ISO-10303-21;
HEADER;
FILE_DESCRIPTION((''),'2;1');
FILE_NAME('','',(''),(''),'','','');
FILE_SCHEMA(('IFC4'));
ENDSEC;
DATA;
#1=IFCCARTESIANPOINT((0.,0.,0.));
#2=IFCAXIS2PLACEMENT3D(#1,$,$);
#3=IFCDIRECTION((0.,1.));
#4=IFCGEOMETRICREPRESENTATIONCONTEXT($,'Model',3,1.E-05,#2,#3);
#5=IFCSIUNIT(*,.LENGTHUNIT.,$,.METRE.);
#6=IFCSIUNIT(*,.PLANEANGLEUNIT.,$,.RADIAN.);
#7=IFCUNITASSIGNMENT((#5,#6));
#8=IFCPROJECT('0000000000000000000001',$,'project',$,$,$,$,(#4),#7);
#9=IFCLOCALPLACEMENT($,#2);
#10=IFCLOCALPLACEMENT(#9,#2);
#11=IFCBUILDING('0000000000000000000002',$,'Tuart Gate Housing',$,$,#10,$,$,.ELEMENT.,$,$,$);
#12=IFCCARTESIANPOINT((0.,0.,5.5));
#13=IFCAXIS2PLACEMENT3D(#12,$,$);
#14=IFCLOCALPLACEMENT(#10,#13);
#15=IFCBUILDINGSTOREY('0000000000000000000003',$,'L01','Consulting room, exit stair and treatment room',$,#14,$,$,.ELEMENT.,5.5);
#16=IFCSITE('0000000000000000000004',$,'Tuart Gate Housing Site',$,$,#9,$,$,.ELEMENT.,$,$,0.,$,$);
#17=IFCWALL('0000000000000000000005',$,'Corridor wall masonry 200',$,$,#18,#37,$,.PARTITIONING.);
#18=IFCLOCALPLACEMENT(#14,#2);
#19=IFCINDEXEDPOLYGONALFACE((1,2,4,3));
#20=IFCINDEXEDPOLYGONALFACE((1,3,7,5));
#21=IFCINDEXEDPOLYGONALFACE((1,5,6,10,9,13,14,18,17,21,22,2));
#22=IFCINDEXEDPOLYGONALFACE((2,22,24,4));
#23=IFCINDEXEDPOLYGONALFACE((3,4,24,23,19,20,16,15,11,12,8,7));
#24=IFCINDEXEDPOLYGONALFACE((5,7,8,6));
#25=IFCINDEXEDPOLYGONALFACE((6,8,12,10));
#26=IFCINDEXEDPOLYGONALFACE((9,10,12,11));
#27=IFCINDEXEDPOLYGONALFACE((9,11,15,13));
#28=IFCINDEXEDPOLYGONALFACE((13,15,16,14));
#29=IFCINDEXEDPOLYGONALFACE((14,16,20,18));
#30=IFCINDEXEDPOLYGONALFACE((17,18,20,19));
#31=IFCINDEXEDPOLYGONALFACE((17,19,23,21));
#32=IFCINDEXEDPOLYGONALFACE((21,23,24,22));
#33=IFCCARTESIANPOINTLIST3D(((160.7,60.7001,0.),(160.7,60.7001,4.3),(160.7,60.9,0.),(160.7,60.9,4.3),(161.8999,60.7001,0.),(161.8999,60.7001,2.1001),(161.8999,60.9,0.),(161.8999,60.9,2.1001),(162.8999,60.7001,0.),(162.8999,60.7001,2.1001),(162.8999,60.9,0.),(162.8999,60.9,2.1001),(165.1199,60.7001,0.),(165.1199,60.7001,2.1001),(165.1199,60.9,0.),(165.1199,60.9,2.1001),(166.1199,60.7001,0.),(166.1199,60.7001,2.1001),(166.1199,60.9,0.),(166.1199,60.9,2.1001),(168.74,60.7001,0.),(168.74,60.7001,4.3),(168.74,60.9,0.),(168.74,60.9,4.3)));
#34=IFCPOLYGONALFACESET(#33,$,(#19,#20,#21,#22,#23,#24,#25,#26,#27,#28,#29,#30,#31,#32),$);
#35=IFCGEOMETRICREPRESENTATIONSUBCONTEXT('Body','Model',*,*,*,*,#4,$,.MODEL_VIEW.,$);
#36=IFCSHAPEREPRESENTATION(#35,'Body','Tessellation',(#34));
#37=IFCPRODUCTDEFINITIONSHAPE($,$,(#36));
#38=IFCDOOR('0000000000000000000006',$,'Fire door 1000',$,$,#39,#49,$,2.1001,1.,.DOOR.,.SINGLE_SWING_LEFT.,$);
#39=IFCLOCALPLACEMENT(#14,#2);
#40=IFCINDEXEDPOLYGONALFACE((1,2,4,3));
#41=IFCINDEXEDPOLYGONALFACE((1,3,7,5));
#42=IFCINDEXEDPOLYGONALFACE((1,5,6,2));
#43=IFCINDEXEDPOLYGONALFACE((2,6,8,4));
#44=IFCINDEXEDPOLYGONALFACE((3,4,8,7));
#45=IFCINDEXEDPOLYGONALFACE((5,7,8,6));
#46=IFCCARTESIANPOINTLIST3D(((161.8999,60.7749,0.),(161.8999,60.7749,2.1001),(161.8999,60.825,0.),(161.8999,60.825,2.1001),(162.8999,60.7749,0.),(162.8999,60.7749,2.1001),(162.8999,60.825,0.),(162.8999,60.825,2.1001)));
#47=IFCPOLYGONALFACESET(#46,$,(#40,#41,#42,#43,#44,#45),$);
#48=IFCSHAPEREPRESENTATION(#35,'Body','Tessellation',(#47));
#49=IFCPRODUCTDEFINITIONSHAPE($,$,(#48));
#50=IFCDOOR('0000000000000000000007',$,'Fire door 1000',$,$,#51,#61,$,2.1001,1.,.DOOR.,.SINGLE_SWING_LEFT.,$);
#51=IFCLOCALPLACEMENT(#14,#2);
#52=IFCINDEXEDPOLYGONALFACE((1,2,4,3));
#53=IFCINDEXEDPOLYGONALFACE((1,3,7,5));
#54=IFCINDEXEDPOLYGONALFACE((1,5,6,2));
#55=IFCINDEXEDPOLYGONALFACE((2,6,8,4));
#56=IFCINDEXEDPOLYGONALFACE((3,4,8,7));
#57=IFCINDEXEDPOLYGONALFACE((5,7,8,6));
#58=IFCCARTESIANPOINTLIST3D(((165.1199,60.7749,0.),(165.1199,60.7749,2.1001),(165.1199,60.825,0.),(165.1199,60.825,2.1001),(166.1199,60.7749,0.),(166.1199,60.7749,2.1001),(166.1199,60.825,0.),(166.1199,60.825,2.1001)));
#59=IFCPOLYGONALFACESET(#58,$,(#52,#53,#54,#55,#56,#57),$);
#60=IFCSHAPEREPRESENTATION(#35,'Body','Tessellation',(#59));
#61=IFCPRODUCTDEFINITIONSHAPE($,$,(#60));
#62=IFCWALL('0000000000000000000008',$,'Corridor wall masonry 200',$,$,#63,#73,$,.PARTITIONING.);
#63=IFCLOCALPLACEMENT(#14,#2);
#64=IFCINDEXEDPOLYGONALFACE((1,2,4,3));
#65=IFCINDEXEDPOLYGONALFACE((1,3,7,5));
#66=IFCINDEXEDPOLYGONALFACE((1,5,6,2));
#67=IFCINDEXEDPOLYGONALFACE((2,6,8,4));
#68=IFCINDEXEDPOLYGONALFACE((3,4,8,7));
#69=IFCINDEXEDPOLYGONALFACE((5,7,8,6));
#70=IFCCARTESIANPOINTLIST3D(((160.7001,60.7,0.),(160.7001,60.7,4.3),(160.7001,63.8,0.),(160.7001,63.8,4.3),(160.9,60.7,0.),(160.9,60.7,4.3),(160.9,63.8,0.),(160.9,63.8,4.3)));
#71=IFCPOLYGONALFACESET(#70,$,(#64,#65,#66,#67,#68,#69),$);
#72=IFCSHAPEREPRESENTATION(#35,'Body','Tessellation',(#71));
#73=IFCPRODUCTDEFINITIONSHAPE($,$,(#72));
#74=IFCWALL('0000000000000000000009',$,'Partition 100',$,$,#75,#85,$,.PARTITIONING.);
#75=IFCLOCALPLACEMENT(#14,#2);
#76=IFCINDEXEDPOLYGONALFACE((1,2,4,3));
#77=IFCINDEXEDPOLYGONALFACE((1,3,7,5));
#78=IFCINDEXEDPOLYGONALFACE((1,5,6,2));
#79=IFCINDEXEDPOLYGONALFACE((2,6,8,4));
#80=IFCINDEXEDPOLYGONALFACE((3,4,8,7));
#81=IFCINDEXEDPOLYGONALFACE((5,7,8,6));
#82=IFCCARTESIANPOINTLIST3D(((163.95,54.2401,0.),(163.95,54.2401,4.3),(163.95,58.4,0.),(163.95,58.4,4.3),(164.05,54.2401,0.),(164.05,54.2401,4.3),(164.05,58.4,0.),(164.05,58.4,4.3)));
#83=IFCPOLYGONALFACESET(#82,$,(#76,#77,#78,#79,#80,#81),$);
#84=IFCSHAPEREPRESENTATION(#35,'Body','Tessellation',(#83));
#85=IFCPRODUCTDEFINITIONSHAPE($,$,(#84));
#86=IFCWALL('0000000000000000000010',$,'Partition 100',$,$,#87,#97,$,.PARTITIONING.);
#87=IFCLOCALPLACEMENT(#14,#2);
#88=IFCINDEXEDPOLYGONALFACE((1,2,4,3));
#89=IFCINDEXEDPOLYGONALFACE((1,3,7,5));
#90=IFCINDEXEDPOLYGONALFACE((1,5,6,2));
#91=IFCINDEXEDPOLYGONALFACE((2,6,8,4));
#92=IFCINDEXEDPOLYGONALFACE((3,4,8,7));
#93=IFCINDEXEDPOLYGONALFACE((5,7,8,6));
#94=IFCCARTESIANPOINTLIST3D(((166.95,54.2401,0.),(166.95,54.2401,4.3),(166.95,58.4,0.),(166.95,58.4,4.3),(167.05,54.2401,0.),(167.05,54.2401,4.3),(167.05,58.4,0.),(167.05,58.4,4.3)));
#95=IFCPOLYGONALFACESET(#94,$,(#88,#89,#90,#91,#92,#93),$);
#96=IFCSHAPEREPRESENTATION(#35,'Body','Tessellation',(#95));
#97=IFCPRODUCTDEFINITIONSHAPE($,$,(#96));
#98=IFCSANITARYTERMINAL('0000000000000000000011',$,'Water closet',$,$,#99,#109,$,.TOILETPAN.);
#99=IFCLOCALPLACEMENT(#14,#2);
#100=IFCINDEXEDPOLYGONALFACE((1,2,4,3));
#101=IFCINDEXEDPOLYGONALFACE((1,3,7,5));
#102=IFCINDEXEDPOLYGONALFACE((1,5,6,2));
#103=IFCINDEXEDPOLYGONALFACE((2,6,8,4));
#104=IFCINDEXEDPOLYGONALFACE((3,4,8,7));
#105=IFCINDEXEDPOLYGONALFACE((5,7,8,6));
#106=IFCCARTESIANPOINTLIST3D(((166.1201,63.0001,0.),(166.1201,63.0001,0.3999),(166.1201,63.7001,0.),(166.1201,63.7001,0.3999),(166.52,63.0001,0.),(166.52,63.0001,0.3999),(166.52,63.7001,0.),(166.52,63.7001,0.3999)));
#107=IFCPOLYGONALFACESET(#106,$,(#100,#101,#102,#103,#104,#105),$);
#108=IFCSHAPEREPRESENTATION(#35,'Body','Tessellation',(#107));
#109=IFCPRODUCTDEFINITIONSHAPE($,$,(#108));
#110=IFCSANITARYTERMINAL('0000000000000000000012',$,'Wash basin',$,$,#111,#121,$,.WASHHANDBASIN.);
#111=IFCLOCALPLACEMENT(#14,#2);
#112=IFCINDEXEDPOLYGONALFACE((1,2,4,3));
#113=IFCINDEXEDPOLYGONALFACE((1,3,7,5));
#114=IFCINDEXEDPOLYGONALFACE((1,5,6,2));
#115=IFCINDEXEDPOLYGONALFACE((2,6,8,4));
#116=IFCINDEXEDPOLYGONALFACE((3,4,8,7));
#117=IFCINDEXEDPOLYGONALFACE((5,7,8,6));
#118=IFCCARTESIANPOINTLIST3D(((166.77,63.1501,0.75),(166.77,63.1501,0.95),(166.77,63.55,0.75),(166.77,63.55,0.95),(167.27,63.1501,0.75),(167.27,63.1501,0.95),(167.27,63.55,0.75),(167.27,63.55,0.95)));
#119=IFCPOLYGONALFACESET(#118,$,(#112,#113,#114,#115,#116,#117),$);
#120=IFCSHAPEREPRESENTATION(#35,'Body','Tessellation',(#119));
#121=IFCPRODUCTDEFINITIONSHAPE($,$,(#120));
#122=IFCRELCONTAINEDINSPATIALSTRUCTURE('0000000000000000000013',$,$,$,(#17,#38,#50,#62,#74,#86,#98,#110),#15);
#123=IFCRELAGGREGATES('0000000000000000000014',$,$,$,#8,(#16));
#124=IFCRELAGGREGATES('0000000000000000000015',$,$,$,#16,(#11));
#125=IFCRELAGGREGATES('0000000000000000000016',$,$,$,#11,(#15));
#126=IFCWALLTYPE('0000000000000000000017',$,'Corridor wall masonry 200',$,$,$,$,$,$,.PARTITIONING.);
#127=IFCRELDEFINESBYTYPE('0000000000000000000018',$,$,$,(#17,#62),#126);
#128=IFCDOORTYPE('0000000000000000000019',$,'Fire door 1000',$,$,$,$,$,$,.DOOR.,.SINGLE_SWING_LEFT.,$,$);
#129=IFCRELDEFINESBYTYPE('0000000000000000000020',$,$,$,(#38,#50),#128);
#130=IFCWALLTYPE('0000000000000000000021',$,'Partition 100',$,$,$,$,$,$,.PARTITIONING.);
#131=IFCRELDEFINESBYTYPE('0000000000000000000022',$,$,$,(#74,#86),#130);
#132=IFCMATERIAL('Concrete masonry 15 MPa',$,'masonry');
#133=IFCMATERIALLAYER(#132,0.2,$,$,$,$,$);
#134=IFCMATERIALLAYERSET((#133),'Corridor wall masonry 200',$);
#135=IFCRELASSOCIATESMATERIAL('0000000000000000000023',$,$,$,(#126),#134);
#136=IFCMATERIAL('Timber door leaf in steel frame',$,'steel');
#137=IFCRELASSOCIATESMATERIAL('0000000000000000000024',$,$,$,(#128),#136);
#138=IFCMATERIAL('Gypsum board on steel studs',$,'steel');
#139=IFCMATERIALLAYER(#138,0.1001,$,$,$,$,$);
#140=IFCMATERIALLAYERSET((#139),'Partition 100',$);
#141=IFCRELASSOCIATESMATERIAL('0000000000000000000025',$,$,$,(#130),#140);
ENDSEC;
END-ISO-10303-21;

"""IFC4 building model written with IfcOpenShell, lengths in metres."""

from ifc_helpers import new_model, si_unit, direction, frame, frame_2d, origin, origin_2d, place, context, subcontext, project, spatial, rectangle, extrude, material, layer, layer_set, type_object, element, fill, save


model = new_model("IFC4")

# Units and contexts
model_context = context("Model", 3, precision=1e-05, world=origin(), true_north=direction((0.0, 1.0)))
body_context = subcontext(model_context, "Body", "Model", "MODEL_VIEW")
ifc_project = project(units=[si_unit("LENGTHUNIT", "METRE"), si_unit("PLANEANGLEUNIT", "RADIAN")], contexts=[model_context])

# Site, building, storey
site_placement = place(None, origin())
site = spatial("IfcSite", under=ifc_project, at=site_placement, Name="Tuart Gate Housing Site", CompositionType="ELEMENT", RefElevation=0.0)
building_placement = place(site_placement, origin())
building = spatial("IfcBuilding", under=site, at=building_placement, Name="Tuart Gate Housing", CompositionType="ELEMENT")
storey_placement = place(building_placement, frame((0.0, 0.0, 5.5)))
storey = spatial("IfcBuildingStorey", under=building, at=storey_placement, Name="L01", Description="Consulting room, exit stair and treatment room", CompositionType="ELEMENT", Elevation=5.5)

# Wall, openings, doors
ifc_material_1 = material(Name="Concrete masonry 15 MPa", Category="masonry")
ifc_layer_1 = layer(ifc_material_1, 0.2)
ifc_layer_set_1 = layer_set([ifc_layer_1], Name="Corridor wall masonry 200")
wall_type_1 = type_object("IfcWallType", Name="Corridor wall masonry 200", PredefinedType="PARTITIONING", material=ifc_layer_set_1)
wall_1_placement = place(storey_placement, frame((160.7, 60.8, 0.0), z_axis=(0.0, 0.0, 1.0), x_axis=(1.0, 0.0, 0.0)))
wall_1 = element("IfcWall", 1, at=wall_1_placement, inside=storey, type_object=wall_type_1, Name="Corridor wall masonry 200", PredefinedType="PARTITIONING", context=body_context, shape_type="SweptSolid", body=[
    extrude(rectangle(XDim=8.04, YDim=0.2, at=frame_2d((4.02, 0.0))), origin(), (0.0, 0.0, 1.0), 4.3),
])
opening_1_placement = place(wall_1_placement, frame((1.2, 0.0, 0.0)))
opening_1 = element("IfcOpeningElement", 2, at=opening_1_placement, cuts=wall_1, PredefinedType="OPENING", context=body_context, shape_type="SweptSolid", body=[
    extrude(rectangle(XDim=1.0, YDim=2.1001, at=frame_2d((0.5, 1.05))), frame((0.0, 0.1099, 0.0), z_axis=(0.0, -1.0, 0.0), x_axis=(1.0, 0.0, 0.0)), (0.0, 0.0, 1.0), 0.22),
])
opening_2_placement = place(wall_1_placement, frame((4.4199, 0.0, 0.0)))
opening_2 = element("IfcOpeningElement", 3, at=opening_2_placement, cuts=wall_1, PredefinedType="OPENING", context=body_context, shape_type="SweptSolid", body=[
    extrude(rectangle(XDim=1.0, YDim=2.1001, at=frame_2d((0.5, 1.05))), frame((0.0, 0.1099, 0.0), z_axis=(0.0, -1.0, 0.0), x_axis=(1.0, 0.0, 0.0)), (0.0, 0.0, 1.0), 0.22),
])
ifc_material_2 = material(Name="Timber door leaf in steel frame", Category="steel")
door_type_1 = type_object("IfcDoorType", Name="Fire door 1000", OperationType="SINGLE_SWING_LEFT", PredefinedType="DOOR", material=ifc_material_2)
door_1_placement = place(opening_1_placement, origin())
door_1 = element("IfcDoor", 4, at=door_1_placement, inside=storey, type_object=door_type_1, Name="Fire door 1000", OperationType="SINGLE_SWING_LEFT", OverallHeight=2.1001, OverallWidth=1.0, PredefinedType="DOOR", context=body_context, shape_type="SweptSolid", body=[
    extrude(rectangle(XDim=1.0, YDim=2.1001, at=frame_2d((0.5, 1.05))), frame((0.0, 0.0249, 0.0), z_axis=(0.0, -1.0, 0.0), x_axis=(1.0, 0.0, 0.0)), (0.0, 0.0, 1.0), 0.05),
])
fill(opening_1, door_1)
door_2_placement = place(opening_2_placement, origin())
door_2 = element("IfcDoor", 5, at=door_2_placement, inside=storey, type_object=door_type_1, Name="Fire door 1000", OperationType="SINGLE_SWING_LEFT", OverallHeight=2.1001, OverallWidth=1.0, PredefinedType="DOOR", context=body_context, shape_type="SweptSolid", body=[
    extrude(rectangle(XDim=1.0, YDim=2.1001, at=frame_2d((0.5, 1.05))), frame((0.0, 0.0249, 0.0), z_axis=(0.0, -1.0, 0.0), x_axis=(1.0, 0.0, 0.0)), (0.0, 0.0, 1.0), 0.05),
])
fill(opening_2, door_2)

# Walls
wall_2_placement = place(storey_placement, frame((160.8, 60.7, 0.0), z_axis=(0.0, 0.0, 1.0), x_axis=(0.0, 1.0, 0.0)))
element("IfcWall", 6, at=wall_2_placement, inside=storey, type_object=wall_type_1, Name="Corridor wall masonry 200", PredefinedType="PARTITIONING", context=body_context, shape_type="SweptSolid", body=[
    extrude(rectangle(XDim=3.1001, YDim=0.2, at=frame_2d((1.55, 0.0))), origin(), (0.0, 0.0, 1.0), 4.3),
])
ifc_material_3 = material(Name="Gypsum board on steel studs", Category="steel")
ifc_layer_2 = layer(ifc_material_3, 0.1001)
ifc_layer_set_2 = layer_set([ifc_layer_2], Name="Partition 100")
wall_type_2 = type_object("IfcWallType", Name="Partition 100", PredefinedType="PARTITIONING", material=ifc_layer_set_2)
for number, where, z_axis, x_axis, name in (
    (7, (164.0, 54.24, 0.0), (0.0, 0.0, 1.0), (0.0, 1.0, 0.0), "Partition 100"),
    (8, (167.0, 54.24, 0.0), (0.0, 0.0, 1.0), (0.0, 1.0, 0.0), "Partition 100"),
):
    element("IfcWall", number, at=place(storey_placement, frame(where, z_axis=z_axis, x_axis=x_axis)), inside=storey, type_object=wall_type_2, Name=name, PredefinedType="PARTITIONING", context=body_context, shape_type="SweptSolid", body=[
        extrude(rectangle(XDim=4.1599, YDim=0.1001, at=frame_2d((2.0801, 0.0))), origin(), (0.0, 0.0, 1.0), 4.3),
    ])

# Sanitary terminals
sanitary_terminal_1_placement = place(storey_placement, frame((166.3201, 63.3501, 0.0), z_axis=(0.0, 0.0, 1.0), x_axis=(1.0, 0.0, 0.0)))
element("IfcSanitaryTerminal", 9, at=sanitary_terminal_1_placement, inside=storey, Name="Water closet", PredefinedType="TOILETPAN", context=body_context, shape_type="SweptSolid", body=[
    extrude(rectangle(XDim=0.3999, YDim=0.7, at=origin_2d()), origin(), (0.0, 0.0, 1.0), 0.3999),
])
sanitary_terminal_2_placement = place(storey_placement, frame((167.02, 63.3501, 0.75), z_axis=(0.0, 0.0, 1.0), x_axis=(1.0, 0.0, 0.0)))
element("IfcSanitaryTerminal", 10, at=sanitary_terminal_2_placement, inside=storey, Name="Wash basin", PredefinedType="WASHHANDBASIN", context=body_context, shape_type="SweptSolid", body=[
    extrude(rectangle(XDim=0.5, YDim=0.3999, at=origin_2d()), origin(), (0.0, 0.0, 1.0), 0.2),
])

save(model, "model.ifc")
